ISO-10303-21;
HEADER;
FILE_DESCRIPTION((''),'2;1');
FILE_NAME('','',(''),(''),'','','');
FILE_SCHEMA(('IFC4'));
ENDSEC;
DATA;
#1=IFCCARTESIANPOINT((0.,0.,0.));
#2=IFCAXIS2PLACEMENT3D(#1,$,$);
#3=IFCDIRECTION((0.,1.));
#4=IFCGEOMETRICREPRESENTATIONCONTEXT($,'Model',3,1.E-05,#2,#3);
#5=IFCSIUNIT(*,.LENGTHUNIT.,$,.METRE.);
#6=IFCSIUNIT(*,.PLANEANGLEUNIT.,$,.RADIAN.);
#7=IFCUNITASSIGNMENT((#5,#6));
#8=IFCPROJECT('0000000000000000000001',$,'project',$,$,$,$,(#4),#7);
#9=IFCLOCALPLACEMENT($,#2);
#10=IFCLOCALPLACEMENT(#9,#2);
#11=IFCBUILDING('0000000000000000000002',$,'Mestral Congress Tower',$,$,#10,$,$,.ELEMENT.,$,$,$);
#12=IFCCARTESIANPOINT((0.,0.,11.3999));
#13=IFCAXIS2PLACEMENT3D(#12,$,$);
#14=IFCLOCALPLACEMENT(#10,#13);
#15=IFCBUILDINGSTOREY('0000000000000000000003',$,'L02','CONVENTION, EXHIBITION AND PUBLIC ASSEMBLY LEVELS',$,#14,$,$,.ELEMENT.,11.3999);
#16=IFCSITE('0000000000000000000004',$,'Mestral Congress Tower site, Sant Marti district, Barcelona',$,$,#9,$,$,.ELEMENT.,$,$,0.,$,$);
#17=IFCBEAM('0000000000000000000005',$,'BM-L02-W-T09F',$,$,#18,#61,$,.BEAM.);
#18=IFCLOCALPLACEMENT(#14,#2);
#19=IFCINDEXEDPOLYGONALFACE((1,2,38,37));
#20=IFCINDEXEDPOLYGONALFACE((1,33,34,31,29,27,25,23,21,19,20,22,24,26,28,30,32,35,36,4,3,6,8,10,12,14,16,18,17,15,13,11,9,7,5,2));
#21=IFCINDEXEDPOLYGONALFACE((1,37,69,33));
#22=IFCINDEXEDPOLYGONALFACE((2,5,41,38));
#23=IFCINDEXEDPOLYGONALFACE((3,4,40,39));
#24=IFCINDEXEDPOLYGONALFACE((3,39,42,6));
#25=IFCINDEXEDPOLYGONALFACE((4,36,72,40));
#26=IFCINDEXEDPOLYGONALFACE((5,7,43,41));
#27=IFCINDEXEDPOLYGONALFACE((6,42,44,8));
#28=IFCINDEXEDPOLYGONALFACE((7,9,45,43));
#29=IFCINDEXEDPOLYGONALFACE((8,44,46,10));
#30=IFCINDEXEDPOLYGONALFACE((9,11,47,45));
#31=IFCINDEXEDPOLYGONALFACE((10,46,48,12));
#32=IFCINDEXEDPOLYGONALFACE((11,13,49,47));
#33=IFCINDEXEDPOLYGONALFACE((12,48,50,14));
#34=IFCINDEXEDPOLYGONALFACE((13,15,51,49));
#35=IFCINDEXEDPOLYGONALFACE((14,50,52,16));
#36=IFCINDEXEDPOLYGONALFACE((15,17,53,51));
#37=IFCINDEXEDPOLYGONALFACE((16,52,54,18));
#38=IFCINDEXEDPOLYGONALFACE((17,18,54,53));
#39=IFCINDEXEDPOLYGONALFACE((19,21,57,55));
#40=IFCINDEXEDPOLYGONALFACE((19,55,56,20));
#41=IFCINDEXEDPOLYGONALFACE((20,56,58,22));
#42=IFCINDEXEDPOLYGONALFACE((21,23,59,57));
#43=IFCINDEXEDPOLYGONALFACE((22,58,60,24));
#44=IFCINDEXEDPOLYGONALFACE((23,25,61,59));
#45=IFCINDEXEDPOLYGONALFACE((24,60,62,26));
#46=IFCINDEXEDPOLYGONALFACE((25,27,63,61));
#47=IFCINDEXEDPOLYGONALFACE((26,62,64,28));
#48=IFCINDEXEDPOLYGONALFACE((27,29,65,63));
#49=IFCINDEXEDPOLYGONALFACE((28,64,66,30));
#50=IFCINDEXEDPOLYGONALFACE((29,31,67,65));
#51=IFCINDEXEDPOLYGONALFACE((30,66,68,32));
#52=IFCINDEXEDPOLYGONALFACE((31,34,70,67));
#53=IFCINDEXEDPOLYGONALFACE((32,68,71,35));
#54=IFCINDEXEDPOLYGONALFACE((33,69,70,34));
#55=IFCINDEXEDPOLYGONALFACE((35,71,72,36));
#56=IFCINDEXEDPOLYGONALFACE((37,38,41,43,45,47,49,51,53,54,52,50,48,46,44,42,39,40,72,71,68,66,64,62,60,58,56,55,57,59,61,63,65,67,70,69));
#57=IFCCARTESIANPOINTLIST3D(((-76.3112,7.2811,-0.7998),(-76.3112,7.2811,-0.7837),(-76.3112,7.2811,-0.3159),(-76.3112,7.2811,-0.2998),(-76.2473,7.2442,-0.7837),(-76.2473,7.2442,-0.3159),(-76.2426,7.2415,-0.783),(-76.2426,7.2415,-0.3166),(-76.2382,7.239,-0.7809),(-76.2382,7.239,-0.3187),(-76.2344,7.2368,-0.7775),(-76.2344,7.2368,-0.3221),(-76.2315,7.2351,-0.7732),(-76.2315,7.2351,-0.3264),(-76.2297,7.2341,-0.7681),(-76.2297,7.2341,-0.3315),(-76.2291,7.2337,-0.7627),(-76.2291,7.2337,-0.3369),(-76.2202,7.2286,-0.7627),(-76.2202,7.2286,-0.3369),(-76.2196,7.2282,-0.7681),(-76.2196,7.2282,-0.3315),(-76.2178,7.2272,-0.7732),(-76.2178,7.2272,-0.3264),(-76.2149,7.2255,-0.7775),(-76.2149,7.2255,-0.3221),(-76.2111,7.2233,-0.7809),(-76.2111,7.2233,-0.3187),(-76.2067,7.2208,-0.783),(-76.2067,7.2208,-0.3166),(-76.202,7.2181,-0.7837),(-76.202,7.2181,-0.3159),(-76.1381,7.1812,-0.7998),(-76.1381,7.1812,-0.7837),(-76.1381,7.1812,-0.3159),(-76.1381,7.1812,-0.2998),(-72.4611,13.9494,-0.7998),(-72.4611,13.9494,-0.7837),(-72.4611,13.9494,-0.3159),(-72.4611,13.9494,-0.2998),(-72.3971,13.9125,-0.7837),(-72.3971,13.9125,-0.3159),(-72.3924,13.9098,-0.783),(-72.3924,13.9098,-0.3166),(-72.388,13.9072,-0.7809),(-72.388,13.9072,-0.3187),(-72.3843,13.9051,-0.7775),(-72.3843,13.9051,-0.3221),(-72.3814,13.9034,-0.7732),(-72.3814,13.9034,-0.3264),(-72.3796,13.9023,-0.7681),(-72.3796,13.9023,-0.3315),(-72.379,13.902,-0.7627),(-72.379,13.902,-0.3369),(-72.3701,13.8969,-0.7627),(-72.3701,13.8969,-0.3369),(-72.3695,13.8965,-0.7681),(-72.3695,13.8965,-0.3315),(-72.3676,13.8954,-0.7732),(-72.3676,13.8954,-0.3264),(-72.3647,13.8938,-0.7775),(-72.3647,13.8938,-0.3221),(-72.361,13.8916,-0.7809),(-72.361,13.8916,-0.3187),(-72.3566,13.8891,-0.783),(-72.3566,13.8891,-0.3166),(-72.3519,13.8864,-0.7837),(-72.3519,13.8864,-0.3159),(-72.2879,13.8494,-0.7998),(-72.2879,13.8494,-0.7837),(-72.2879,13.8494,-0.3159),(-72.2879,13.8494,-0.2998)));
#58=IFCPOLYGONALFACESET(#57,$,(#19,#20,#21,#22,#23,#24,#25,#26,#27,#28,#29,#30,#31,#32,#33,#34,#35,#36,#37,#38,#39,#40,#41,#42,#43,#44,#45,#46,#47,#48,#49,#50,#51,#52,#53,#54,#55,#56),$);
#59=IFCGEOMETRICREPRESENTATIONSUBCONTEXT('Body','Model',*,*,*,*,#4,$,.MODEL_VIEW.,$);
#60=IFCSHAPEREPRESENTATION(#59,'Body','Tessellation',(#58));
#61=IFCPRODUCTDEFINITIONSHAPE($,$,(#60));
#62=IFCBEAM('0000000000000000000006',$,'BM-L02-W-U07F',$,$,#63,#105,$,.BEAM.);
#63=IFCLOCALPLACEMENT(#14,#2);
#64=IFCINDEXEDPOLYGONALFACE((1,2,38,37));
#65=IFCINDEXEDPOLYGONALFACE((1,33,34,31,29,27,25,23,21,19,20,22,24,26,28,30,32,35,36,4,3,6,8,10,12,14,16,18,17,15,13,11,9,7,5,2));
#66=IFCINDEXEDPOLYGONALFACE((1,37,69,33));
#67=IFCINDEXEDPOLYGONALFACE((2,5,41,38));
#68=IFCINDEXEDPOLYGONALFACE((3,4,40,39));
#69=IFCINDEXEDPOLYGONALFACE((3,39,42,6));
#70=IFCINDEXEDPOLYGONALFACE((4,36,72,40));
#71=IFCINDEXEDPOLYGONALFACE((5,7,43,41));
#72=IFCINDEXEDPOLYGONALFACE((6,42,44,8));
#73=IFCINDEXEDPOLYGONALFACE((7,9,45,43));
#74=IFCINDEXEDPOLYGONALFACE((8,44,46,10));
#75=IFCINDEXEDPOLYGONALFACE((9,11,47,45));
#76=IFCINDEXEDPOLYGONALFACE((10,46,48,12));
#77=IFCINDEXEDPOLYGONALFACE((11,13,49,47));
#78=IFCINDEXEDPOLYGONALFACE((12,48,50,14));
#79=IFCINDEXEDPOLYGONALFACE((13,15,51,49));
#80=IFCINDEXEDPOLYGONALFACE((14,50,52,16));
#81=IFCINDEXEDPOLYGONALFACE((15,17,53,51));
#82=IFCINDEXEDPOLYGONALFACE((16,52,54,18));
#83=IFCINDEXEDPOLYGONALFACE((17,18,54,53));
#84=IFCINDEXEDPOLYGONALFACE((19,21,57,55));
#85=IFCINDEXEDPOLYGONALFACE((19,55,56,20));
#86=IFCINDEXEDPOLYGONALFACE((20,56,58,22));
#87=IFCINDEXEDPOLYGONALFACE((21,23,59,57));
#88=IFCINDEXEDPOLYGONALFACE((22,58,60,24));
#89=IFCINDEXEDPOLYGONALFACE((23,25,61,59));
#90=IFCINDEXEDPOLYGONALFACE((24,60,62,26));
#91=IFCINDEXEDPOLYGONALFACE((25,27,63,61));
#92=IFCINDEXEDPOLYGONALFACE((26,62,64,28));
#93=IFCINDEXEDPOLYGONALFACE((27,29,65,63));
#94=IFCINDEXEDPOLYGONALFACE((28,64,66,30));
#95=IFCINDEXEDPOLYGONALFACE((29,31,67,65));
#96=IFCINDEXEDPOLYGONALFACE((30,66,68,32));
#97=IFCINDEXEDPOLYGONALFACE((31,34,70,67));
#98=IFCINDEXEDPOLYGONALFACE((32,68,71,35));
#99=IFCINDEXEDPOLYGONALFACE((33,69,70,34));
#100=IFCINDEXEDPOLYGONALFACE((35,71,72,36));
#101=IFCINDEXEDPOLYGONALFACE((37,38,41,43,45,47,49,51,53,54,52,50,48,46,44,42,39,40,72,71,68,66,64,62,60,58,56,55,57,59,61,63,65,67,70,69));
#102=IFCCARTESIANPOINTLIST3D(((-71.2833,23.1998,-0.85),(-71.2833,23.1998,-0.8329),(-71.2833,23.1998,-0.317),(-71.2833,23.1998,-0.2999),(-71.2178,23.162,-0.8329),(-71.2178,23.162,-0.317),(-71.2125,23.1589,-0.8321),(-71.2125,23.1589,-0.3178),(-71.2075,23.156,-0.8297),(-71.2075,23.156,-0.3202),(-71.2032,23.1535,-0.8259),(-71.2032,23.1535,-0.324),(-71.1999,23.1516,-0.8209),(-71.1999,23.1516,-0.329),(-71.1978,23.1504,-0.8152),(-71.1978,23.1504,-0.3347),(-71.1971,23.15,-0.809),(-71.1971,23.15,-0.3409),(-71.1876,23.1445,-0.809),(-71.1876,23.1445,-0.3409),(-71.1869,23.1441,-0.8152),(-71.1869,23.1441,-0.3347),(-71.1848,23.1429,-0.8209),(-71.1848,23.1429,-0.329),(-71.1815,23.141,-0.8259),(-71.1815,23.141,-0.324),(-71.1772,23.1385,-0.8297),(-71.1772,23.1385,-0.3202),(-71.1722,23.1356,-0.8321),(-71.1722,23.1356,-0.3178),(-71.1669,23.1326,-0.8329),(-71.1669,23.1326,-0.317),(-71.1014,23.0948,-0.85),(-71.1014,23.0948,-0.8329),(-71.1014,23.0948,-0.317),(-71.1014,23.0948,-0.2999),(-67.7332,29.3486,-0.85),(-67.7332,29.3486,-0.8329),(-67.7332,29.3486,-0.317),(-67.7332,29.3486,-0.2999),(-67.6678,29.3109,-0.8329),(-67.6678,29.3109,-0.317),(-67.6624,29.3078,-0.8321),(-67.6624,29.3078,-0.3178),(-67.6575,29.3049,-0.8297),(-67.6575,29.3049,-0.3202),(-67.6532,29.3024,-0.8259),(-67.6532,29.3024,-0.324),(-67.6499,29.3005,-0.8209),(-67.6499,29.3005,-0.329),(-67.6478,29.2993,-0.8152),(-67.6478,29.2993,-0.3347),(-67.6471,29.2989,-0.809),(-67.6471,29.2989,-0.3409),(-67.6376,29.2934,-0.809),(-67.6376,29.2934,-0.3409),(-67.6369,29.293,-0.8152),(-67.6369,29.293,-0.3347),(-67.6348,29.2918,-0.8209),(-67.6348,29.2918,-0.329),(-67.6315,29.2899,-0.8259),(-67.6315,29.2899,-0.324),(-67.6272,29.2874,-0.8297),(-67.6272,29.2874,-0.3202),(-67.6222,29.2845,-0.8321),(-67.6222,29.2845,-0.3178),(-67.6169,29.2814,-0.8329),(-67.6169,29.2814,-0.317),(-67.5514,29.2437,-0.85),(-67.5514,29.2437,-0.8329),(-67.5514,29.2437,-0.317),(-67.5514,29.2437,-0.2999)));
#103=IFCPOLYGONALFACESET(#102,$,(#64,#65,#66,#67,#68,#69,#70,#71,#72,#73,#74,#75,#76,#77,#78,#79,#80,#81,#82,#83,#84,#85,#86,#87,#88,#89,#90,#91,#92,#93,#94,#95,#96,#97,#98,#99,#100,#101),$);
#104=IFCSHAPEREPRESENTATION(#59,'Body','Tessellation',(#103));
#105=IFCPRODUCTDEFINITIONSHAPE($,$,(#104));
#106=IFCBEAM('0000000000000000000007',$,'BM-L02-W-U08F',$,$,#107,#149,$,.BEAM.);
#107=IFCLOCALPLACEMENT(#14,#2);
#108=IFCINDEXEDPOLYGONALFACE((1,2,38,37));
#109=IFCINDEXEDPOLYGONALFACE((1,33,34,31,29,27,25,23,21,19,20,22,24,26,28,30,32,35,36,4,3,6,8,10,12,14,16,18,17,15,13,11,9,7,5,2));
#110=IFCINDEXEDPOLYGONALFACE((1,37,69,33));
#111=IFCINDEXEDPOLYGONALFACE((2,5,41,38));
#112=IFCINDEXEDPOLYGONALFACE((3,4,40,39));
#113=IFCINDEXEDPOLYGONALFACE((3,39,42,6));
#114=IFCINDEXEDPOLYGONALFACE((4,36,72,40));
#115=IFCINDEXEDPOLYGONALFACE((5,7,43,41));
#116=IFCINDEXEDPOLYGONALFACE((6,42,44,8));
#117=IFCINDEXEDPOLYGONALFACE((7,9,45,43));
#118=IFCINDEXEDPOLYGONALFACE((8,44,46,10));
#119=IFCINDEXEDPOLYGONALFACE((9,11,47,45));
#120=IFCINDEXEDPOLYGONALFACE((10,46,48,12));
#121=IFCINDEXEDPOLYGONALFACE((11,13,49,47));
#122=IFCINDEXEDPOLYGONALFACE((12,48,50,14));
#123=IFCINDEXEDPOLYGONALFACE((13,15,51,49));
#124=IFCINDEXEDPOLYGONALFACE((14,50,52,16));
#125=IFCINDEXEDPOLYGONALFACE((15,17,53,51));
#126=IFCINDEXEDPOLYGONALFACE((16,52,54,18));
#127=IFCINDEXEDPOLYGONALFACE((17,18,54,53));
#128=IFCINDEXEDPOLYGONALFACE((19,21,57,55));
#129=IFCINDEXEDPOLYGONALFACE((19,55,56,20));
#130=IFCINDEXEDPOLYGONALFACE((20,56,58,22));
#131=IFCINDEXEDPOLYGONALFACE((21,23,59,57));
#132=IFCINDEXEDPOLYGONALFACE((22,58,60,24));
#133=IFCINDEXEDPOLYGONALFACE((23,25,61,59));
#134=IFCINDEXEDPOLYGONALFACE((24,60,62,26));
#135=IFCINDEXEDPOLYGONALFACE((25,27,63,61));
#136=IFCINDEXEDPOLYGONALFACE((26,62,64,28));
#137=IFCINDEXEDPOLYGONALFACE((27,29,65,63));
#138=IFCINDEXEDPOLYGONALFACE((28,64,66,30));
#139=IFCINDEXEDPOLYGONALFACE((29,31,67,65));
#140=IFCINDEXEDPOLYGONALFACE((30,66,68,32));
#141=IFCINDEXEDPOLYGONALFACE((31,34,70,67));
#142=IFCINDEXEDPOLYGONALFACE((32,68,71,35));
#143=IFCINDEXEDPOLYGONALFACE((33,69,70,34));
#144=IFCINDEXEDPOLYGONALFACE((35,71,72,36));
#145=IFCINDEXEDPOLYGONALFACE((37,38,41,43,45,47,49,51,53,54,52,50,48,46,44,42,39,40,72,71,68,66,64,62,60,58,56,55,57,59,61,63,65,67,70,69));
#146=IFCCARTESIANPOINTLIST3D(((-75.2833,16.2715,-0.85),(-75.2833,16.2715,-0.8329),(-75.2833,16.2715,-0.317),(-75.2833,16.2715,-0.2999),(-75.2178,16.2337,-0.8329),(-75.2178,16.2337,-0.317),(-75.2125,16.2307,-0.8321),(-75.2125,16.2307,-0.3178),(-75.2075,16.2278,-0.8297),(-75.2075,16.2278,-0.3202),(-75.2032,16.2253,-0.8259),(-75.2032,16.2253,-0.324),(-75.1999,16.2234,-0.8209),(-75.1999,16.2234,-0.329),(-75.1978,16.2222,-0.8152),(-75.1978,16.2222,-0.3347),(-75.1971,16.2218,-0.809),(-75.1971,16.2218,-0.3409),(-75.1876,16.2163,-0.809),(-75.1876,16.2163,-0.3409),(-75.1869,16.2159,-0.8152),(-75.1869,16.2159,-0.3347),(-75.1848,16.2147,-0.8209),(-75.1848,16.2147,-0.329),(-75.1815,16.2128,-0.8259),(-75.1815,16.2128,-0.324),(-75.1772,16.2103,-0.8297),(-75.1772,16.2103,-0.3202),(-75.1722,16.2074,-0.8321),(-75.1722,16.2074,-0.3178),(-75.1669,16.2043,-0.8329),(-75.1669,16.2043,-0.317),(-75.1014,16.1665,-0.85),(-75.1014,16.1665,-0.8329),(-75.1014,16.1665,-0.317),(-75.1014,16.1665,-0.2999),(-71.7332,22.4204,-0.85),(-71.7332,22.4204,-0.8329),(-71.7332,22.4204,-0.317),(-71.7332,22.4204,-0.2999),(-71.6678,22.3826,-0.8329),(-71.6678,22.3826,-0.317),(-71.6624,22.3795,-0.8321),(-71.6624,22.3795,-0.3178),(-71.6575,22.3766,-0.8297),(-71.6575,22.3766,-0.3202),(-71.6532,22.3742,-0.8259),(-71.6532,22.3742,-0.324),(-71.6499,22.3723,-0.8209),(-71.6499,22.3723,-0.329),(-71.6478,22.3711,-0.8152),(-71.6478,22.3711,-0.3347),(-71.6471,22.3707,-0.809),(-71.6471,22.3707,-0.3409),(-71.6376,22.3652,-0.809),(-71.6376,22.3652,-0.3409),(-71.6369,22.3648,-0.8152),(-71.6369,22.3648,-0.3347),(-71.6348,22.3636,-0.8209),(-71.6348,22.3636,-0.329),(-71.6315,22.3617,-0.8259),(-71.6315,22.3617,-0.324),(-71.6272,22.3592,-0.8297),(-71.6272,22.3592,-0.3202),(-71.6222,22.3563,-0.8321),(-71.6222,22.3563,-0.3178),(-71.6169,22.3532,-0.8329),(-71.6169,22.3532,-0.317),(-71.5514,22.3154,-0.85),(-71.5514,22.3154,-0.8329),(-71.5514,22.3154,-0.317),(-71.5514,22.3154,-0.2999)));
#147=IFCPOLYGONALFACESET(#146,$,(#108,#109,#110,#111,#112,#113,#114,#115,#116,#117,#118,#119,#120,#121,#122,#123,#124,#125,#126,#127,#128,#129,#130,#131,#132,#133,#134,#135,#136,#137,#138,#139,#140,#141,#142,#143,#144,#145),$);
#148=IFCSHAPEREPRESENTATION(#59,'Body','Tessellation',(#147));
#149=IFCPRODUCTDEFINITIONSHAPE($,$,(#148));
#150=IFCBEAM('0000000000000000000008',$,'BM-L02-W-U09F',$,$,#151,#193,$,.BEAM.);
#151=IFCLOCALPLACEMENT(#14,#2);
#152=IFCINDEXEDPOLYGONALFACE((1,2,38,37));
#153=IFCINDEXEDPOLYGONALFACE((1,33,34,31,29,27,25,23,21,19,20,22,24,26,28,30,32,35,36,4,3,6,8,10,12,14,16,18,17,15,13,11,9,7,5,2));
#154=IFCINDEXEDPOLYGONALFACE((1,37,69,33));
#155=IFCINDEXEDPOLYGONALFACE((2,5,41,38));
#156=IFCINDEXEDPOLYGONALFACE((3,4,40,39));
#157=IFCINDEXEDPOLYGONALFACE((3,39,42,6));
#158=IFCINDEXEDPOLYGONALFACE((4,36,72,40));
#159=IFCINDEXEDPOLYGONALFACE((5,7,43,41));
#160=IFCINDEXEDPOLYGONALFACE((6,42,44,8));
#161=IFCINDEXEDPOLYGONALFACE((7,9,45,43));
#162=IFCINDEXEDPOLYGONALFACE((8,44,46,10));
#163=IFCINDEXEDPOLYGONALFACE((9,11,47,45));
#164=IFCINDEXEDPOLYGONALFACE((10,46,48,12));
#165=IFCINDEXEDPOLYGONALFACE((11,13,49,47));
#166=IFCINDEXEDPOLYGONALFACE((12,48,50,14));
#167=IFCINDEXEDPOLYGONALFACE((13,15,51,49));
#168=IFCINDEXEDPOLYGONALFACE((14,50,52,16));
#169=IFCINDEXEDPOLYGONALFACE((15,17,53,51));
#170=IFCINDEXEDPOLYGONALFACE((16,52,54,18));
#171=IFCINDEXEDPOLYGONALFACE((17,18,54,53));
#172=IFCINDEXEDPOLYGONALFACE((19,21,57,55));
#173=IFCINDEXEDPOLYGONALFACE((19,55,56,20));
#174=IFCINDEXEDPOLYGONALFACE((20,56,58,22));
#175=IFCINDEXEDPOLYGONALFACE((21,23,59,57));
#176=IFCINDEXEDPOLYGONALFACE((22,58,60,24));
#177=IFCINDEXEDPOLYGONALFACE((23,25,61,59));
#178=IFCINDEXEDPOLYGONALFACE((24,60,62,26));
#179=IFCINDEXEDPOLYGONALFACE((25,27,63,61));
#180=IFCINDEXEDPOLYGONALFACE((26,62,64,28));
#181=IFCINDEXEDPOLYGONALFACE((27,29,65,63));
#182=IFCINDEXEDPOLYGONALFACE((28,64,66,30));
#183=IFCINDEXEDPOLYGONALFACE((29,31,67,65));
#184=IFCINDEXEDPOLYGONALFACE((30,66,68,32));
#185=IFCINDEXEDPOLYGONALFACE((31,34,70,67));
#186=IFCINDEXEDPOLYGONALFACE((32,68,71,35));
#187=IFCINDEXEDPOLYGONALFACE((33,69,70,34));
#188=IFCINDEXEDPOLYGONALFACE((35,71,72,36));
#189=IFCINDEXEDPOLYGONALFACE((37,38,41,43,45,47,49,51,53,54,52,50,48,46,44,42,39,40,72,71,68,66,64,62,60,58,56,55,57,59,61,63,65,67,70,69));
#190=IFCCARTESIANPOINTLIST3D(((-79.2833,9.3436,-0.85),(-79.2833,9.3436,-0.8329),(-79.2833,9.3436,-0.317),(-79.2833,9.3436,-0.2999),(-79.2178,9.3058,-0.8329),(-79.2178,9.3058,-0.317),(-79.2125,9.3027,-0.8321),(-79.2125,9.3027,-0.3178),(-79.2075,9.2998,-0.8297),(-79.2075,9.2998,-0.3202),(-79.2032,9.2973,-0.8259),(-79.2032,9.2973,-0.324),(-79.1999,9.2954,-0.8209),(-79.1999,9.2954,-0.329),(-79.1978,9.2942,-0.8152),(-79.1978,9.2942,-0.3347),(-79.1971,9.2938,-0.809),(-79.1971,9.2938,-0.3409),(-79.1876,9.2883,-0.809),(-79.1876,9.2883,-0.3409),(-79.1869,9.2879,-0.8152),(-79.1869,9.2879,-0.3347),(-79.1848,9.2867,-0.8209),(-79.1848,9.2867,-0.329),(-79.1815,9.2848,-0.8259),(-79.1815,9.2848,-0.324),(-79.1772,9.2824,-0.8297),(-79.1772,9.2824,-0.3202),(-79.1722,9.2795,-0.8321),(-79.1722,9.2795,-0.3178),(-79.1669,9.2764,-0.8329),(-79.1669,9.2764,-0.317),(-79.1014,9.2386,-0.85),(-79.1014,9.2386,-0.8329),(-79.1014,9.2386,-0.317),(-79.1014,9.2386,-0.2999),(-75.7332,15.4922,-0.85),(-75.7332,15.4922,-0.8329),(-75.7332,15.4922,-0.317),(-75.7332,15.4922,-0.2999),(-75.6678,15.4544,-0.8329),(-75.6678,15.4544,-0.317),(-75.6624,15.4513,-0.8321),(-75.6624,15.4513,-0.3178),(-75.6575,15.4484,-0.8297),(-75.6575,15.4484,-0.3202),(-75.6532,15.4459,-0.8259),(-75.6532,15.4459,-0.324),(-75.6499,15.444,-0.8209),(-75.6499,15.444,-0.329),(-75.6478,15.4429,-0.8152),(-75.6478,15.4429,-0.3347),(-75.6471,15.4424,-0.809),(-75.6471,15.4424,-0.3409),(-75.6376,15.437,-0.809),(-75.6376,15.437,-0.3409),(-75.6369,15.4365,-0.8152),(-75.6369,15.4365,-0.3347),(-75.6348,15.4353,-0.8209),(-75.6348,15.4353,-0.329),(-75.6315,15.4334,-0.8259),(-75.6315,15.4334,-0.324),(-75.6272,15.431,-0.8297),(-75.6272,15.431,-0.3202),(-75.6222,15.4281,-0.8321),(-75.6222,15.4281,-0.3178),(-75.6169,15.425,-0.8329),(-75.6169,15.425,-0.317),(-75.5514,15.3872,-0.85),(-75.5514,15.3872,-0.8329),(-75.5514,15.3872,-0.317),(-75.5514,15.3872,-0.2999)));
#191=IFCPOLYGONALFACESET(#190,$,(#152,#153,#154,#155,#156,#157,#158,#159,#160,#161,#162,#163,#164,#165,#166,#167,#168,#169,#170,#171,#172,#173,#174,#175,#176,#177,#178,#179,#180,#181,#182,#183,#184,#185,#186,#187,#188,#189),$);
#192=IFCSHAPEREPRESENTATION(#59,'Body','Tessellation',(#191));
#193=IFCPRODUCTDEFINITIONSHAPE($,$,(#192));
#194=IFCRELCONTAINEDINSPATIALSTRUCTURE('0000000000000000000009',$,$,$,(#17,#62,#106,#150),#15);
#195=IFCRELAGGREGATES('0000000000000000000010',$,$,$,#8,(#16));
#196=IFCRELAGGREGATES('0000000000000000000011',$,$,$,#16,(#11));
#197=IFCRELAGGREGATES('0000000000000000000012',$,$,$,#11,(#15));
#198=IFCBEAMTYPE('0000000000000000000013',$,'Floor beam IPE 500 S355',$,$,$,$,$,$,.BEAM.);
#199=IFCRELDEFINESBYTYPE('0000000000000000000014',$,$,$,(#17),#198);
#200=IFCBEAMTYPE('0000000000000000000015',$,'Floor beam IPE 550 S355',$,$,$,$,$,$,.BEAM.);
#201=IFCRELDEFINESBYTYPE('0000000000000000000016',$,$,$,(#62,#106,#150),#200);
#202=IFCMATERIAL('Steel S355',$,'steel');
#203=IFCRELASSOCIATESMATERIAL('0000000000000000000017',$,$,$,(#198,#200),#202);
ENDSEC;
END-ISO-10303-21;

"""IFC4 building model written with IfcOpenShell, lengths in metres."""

from ifc_helpers import new_model, si_unit, direction, frame, origin, origin_2d, place, context, subcontext, project, spatial, i_section, extrude, material, material_profile, profile_set, type_object, element, save


model = new_model("IFC4")

# Units and contexts
model_context = context("Model", 3, precision=1e-05, world=origin(), true_north=direction((0.0, 1.0)))
body_context = subcontext(model_context, "Body", "Model", "MODEL_VIEW")
ifc_project = project(units=[si_unit("LENGTHUNIT", "METRE"), si_unit("PLANEANGLEUNIT", "RADIAN")], contexts=[model_context])

# Site, building, storey
site_placement = place(None, origin())
site = spatial("IfcSite", under=ifc_project, at=site_placement, Name="Mestral Congress Tower site, Sant Marti district, Barcelona", CompositionType="ELEMENT", RefElevation=0.0)
building_placement = place(site_placement, origin())
building = spatial("IfcBuilding", under=site, at=building_placement, Name="Mestral Congress Tower", CompositionType="ELEMENT")
storey_placement = place(building_placement, frame((0.0, 0.0, 11.3999)))
storey = spatial("IfcBuildingStorey", under=building, at=storey_placement, Name="L02", Description="CONVENTION, EXHIBITION AND PUBLIC ASSEMBLY LEVELS", CompositionType="ELEMENT", Elevation=11.3999)

# Beams
ifc_material_1 = material(Name="Steel S355", Category="steel")
ifc_material_profile_1 = material_profile(ifc_material_1, i_section(OverallWidth=0.2, OverallDepth=0.5, WebThickness=0.0103, FlangeThickness=0.0161, FilletRadius=0.021, at=origin_2d()), Name="IPE 500")
ifc_profile_set_1 = profile_set([ifc_material_profile_1], Name="Steel S355")
beam_type_1 = type_object("IfcBeamType", Name="Floor beam IPE 500 S355", PredefinedType="BEAM", material=ifc_profile_set_1)
beam_1_placement = place(storey_placement, frame((-72.3745, 13.8994, -0.5498), z_axis=(-0.50002, -0.866014, 0.0), x_axis=(0.866014, -0.50002, 0.0)))
element("IfcBeam", 1, at=beam_1_placement, inside=storey, type_object=beam_type_1, Name="BM-L02-W-T09F", PredefinedType="BEAM", context=body_context, shape_type="SweptSolid", body=[
    extrude(i_section(OverallWidth=0.2, OverallDepth=0.5, WebThickness=0.0103, FlangeThickness=0.0161, FilletRadius=0.021, at=origin_2d()), origin(), (0.0, 0.0, 1.0), 7.7),
])
ifc_material_profile_2 = material_profile(ifc_material_1, i_section(OverallWidth=0.21, OverallDepth=0.55, WebThickness=0.011, FlangeThickness=0.0171, FilletRadius=0.0239, at=origin_2d()), Name="IPE 550")
ifc_profile_set_2 = profile_set([ifc_material_profile_2], Name="Steel S355")
beam_type_2 = type_object("IfcBeamType", Name="Floor beam IPE 550 S355", PredefinedType="BEAM", material=ifc_profile_set_2)
for number, where, z_axis, x_axis, name in (
    (2, (-67.6423, 29.2961, -0.575), (-0.499996, -0.866028, 0.0), (0.866028, -0.499996, 0.0), "BM-L02-W-U07F"),
    (3, (-71.6423, 22.3679, -0.575), (-0.499996, -0.866028, 0.0), (0.866028, -0.499996, 0.0), "BM-L02-W-U08F"),
):
    element("IfcBeam", number, at=place(storey_placement, frame(where, z_axis=z_axis, x_axis=x_axis)), inside=storey, type_object=beam_type_2, Name=name, PredefinedType="BEAM", context=body_context, shape_type="SweptSolid", body=[
        extrude(i_section(OverallWidth=0.21, OverallDepth=0.55, WebThickness=0.011, FlangeThickness=0.0171, FilletRadius=0.0239, at=origin_2d()), origin(), (0.0, 0.0, 1.0), 7.1001),
    ])
beam_2_placement = place(storey_placement, frame((-75.6423, 15.4397, -0.575), z_axis=(-0.500011, -0.866019, 0.0), x_axis=(0.866019, -0.500011, 0.0)))
element("IfcBeam", 4, at=beam_2_placement, inside=storey, type_object=beam_type_2, Name="BM-L02-W-U09F", PredefinedType="BEAM", context=body_context, shape_type="SweptSolid", body=[
    extrude(i_section(OverallWidth=0.21, OverallDepth=0.55, WebThickness=0.011, FlangeThickness=0.0171, FilletRadius=0.0239, at=origin_2d()), origin(), (0.0, 0.0, 1.0), 7.0999),
])

save(model, "model.ifc")
